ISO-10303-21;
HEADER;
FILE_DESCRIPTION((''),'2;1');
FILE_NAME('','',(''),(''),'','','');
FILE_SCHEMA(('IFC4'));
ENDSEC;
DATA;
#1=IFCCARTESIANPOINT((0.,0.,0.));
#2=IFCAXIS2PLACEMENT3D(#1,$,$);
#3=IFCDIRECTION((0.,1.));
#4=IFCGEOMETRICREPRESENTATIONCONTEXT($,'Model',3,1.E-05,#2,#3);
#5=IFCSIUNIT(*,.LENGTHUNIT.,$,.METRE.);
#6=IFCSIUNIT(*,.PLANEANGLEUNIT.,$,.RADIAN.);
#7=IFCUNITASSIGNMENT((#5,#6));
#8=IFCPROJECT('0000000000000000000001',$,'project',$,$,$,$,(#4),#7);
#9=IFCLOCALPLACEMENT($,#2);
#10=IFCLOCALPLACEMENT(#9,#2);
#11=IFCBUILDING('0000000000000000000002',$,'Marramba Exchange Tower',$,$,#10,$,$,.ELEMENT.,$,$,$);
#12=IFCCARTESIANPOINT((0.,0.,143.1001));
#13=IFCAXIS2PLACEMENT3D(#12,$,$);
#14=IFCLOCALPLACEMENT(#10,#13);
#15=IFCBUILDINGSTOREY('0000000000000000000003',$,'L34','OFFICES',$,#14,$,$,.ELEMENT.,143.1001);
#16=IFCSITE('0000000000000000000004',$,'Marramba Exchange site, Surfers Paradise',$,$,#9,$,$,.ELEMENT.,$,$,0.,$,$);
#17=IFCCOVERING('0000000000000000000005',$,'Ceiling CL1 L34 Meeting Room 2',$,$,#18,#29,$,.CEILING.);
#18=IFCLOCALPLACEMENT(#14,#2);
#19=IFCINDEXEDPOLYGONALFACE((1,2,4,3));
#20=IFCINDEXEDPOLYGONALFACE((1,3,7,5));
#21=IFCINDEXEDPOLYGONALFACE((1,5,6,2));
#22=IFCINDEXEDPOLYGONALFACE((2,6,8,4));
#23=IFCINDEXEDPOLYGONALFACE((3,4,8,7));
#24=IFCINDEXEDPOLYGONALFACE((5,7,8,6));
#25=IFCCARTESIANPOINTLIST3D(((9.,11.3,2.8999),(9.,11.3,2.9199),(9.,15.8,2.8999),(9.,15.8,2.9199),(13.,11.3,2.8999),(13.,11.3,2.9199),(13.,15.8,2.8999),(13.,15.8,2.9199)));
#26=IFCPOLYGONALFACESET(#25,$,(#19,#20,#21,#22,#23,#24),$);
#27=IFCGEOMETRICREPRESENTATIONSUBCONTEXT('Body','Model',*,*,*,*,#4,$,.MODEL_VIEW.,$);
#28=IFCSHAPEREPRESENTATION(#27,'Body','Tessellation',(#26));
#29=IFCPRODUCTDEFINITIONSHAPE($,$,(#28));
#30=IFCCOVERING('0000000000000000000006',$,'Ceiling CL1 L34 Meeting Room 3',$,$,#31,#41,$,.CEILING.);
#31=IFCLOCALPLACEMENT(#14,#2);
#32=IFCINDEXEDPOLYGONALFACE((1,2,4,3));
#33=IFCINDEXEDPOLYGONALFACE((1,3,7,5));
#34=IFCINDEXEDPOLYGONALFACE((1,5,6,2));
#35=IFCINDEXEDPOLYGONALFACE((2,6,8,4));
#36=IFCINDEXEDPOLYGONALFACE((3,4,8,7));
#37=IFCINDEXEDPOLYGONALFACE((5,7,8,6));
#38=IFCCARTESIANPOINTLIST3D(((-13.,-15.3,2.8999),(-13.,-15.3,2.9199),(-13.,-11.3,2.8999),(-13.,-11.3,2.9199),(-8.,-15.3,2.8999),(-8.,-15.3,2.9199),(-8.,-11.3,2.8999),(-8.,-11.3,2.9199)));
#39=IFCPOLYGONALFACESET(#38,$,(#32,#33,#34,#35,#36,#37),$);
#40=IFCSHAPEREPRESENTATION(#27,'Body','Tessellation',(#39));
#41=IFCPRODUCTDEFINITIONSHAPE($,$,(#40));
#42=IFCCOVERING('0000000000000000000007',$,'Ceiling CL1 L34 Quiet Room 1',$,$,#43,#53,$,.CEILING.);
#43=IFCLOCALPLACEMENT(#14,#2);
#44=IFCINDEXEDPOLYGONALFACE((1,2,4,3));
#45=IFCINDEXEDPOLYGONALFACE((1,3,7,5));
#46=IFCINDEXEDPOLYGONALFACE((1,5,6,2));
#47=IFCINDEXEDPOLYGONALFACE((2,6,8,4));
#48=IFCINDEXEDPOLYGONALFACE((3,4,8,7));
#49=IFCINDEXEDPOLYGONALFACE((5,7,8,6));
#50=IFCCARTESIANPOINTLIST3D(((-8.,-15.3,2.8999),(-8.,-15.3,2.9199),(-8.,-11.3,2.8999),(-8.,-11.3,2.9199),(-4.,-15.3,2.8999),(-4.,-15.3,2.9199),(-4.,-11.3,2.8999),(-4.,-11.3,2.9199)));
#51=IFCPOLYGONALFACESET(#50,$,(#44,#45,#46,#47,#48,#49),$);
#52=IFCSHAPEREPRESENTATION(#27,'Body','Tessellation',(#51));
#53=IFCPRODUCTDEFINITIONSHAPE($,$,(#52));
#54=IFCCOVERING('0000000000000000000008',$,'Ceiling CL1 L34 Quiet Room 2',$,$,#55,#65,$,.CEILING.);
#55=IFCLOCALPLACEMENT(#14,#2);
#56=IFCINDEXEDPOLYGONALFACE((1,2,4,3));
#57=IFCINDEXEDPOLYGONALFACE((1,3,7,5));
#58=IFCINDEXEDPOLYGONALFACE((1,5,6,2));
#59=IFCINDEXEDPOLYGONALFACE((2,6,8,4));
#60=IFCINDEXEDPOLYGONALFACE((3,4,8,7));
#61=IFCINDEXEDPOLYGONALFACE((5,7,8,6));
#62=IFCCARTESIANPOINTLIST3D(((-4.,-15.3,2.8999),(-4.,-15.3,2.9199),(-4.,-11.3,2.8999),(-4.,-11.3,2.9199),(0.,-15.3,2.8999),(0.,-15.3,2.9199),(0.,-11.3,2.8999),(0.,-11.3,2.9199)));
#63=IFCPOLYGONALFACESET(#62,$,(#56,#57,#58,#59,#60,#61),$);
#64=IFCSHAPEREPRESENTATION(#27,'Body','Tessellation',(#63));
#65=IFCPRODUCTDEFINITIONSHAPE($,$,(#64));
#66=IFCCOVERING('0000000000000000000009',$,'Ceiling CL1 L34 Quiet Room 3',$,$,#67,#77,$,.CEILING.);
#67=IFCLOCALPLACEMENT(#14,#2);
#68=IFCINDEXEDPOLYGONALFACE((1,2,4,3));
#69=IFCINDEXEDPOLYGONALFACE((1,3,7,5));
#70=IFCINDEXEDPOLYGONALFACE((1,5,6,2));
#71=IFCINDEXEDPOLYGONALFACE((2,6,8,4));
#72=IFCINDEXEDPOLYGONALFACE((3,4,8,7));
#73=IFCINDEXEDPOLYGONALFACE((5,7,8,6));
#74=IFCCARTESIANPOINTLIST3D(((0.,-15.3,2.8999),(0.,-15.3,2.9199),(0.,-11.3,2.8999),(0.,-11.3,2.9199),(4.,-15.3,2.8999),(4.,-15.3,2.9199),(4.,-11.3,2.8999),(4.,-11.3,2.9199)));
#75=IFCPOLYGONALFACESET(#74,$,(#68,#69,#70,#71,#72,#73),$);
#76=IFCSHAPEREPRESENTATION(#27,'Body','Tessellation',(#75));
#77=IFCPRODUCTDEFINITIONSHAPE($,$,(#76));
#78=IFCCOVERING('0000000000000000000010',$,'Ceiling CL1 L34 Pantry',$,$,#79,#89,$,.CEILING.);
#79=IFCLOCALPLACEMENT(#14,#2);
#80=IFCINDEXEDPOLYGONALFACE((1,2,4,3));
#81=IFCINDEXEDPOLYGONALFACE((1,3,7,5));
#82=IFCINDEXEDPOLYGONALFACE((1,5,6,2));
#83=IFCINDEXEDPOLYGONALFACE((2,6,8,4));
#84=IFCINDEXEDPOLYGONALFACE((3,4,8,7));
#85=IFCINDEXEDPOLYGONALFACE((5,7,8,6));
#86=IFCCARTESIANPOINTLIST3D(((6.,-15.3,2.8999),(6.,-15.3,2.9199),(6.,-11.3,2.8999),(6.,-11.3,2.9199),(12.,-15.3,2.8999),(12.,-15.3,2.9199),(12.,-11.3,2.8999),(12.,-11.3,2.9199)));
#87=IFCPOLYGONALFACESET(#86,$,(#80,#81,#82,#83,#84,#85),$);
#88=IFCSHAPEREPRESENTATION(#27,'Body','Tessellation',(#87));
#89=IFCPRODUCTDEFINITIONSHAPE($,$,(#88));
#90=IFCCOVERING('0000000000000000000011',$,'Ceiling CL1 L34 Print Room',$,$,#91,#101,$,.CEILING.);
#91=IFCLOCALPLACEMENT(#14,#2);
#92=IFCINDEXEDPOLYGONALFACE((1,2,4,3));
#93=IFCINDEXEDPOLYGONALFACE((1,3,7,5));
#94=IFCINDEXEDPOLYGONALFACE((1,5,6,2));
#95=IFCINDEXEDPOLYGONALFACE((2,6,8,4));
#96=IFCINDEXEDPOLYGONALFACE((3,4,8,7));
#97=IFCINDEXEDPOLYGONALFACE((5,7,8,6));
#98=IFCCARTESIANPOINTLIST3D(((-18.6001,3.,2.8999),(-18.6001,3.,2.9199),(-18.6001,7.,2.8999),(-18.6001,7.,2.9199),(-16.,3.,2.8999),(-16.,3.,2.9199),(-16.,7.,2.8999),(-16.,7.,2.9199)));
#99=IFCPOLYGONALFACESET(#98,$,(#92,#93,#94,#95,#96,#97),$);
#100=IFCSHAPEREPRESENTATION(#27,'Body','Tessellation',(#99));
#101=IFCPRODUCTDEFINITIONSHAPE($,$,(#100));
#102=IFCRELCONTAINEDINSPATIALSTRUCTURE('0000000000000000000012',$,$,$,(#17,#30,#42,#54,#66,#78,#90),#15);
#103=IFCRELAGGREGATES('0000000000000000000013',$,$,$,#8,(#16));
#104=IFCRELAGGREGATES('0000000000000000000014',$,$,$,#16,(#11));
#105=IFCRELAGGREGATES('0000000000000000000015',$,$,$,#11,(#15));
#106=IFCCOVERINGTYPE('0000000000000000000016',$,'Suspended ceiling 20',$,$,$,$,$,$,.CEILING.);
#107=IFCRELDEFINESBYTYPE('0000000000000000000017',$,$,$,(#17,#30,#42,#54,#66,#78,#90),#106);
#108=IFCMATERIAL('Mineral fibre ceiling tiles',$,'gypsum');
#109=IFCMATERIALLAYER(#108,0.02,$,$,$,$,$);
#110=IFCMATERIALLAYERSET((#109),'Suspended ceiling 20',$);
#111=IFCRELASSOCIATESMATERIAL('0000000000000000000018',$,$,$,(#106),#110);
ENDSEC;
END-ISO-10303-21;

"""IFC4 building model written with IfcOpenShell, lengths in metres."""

from ifc_helpers import new_model, si_unit, direction, frame, origin, place, context, subcontext, project, spatial, polyline, outline, extrude, material, layer, layer_set, type_object, element, save


model = new_model("IFC4")

# Units and contexts
model_context = context("Model", 3, precision=1e-05, world=origin(), true_north=direction((0.0, 1.0)))
body_context = subcontext(model_context, "Body", "Model", "MODEL_VIEW")
ifc_project = project(units=[si_unit("LENGTHUNIT", "METRE"), si_unit("PLANEANGLEUNIT", "RADIAN")], contexts=[model_context])

# Site, building, storey
site_placement = place(None, origin())
site = spatial("IfcSite", under=ifc_project, at=site_placement, Name="Marramba Exchange site, Surfers Paradise", CompositionType="ELEMENT", RefElevation=0.0)
building_placement = place(site_placement, origin())
building = spatial("IfcBuilding", under=site, at=building_placement, Name="Marramba Exchange Tower", CompositionType="ELEMENT")
storey_placement = place(building_placement, frame((0.0, 0.0, 143.1001)))
storey = spatial("IfcBuildingStorey", under=building, at=storey_placement, Name="L34", Description="OFFICES", CompositionType="ELEMENT", Elevation=143.1001)

# Coverings
ifc_material_1 = material(Name="Mineral fibre ceiling tiles", Category="gypsum")
ifc_layer_1 = layer(ifc_material_1, 0.02)
ifc_layer_set_1 = layer_set([ifc_layer_1], Name="Suspended ceiling 20")
covering_type = type_object("IfcCoveringType", Name="Suspended ceiling 20", PredefinedType="CEILING", material=ifc_layer_set_1)
covering_1_placement = place(storey_placement, frame((0.0, 0.0, 2.8999)))
element("IfcCovering", 1, at=covering_1_placement, inside=storey, type_object=covering_type, Name="Ceiling CL1 L34 Meeting Room 2", PredefinedType="CEILING", context=body_context, shape_type="SweptSolid", body=[
    extrude(outline(polyline([(13.0, 15.8), (13.0, 11.3), (9.0, 11.3), (9.0, 15.8), (13.0, 15.8)])), origin(), (0.0, 0.0, 1.0), 0.02),
])
covering_2_placement = place(storey_placement, frame((0.0, 0.0, 2.8999)))
element("IfcCovering", 2, at=covering_2_placement, inside=storey, type_object=covering_type, Name="Ceiling CL1 L34 Meeting Room 3", PredefinedType="CEILING", context=body_context, shape_type="SweptSolid", body=[
    extrude(outline(polyline([(-8.0, -15.3), (-13.0, -15.3), (-13.0, -11.3), (-8.0, -11.3), (-8.0, -15.3)])), origin(), (0.0, 0.0, 1.0), 0.02),
])
covering_3_placement = place(storey_placement, frame((0.0, 0.0, 2.8999)))
element("IfcCovering", 3, at=covering_3_placement, inside=storey, type_object=covering_type, Name="Ceiling CL1 L34 Quiet Room 1", PredefinedType="CEILING", context=body_context, shape_type="SweptSolid", body=[
    extrude(outline(polyline([(-4.0, -15.3), (-8.0, -15.3), (-8.0, -11.3), (-4.0, -11.3), (-4.0, -15.3)])), origin(), (0.0, 0.0, 1.0), 0.02),
])
covering_4_placement = place(storey_placement, frame((0.0, 0.0, 2.8999)))
element("IfcCovering", 4, at=covering_4_placement, inside=storey, type_object=covering_type, Name="Ceiling CL1 L34 Quiet Room 2", PredefinedType="CEILING", context=body_context, shape_type="SweptSolid", body=[
    extrude(outline(polyline([(0.0, -15.3), (-4.0, -15.3), (-4.0, -11.3), (0.0, -11.3), (0.0, -15.3)])), origin(), (0.0, 0.0, 1.0), 0.02),
])
covering_5_placement = place(storey_placement, frame((0.0, 0.0, 2.8999)))
element("IfcCovering", 5, at=covering_5_placement, inside=storey, type_object=covering_type, Name="Ceiling CL1 L34 Quiet Room 3", PredefinedType="CEILING", context=body_context, shape_type="SweptSolid", body=[
    extrude(outline(polyline([(4.0, -15.3), (0.0, -15.3), (0.0, -11.3), (4.0, -11.3), (4.0, -15.3)])), origin(), (0.0, 0.0, 1.0), 0.02),
])
covering_6_placement = place(storey_placement, frame((0.0, 0.0, 2.8999)))
element("IfcCovering", 6, at=covering_6_placement, inside=storey, type_object=covering_type, Name="Ceiling CL1 L34 Pantry", PredefinedType="CEILING", context=body_context, shape_type="SweptSolid", body=[
    extrude(outline(polyline([(12.0, -15.3), (6.0, -15.3), (6.0, -11.3), (12.0, -11.3), (12.0, -15.3)])), origin(), (0.0, 0.0, 1.0), 0.02),
])
covering_7_placement = place(storey_placement, frame((0.0, 0.0, 2.8999)))
element("IfcCovering", 7, at=covering_7_placement, inside=storey, type_object=covering_type, Name="Ceiling CL1 L34 Print Room", PredefinedType="CEILING", context=body_context, shape_type="SweptSolid", body=[
    extrude(outline(polyline([(-16.0, 3.0), (-18.6001, 3.0), (-18.6001, 7.0), (-16.0, 7.0), (-16.0, 3.0)])), origin(), (0.0, 0.0, 1.0), 0.02),
])

save(model, "model.ifc")
